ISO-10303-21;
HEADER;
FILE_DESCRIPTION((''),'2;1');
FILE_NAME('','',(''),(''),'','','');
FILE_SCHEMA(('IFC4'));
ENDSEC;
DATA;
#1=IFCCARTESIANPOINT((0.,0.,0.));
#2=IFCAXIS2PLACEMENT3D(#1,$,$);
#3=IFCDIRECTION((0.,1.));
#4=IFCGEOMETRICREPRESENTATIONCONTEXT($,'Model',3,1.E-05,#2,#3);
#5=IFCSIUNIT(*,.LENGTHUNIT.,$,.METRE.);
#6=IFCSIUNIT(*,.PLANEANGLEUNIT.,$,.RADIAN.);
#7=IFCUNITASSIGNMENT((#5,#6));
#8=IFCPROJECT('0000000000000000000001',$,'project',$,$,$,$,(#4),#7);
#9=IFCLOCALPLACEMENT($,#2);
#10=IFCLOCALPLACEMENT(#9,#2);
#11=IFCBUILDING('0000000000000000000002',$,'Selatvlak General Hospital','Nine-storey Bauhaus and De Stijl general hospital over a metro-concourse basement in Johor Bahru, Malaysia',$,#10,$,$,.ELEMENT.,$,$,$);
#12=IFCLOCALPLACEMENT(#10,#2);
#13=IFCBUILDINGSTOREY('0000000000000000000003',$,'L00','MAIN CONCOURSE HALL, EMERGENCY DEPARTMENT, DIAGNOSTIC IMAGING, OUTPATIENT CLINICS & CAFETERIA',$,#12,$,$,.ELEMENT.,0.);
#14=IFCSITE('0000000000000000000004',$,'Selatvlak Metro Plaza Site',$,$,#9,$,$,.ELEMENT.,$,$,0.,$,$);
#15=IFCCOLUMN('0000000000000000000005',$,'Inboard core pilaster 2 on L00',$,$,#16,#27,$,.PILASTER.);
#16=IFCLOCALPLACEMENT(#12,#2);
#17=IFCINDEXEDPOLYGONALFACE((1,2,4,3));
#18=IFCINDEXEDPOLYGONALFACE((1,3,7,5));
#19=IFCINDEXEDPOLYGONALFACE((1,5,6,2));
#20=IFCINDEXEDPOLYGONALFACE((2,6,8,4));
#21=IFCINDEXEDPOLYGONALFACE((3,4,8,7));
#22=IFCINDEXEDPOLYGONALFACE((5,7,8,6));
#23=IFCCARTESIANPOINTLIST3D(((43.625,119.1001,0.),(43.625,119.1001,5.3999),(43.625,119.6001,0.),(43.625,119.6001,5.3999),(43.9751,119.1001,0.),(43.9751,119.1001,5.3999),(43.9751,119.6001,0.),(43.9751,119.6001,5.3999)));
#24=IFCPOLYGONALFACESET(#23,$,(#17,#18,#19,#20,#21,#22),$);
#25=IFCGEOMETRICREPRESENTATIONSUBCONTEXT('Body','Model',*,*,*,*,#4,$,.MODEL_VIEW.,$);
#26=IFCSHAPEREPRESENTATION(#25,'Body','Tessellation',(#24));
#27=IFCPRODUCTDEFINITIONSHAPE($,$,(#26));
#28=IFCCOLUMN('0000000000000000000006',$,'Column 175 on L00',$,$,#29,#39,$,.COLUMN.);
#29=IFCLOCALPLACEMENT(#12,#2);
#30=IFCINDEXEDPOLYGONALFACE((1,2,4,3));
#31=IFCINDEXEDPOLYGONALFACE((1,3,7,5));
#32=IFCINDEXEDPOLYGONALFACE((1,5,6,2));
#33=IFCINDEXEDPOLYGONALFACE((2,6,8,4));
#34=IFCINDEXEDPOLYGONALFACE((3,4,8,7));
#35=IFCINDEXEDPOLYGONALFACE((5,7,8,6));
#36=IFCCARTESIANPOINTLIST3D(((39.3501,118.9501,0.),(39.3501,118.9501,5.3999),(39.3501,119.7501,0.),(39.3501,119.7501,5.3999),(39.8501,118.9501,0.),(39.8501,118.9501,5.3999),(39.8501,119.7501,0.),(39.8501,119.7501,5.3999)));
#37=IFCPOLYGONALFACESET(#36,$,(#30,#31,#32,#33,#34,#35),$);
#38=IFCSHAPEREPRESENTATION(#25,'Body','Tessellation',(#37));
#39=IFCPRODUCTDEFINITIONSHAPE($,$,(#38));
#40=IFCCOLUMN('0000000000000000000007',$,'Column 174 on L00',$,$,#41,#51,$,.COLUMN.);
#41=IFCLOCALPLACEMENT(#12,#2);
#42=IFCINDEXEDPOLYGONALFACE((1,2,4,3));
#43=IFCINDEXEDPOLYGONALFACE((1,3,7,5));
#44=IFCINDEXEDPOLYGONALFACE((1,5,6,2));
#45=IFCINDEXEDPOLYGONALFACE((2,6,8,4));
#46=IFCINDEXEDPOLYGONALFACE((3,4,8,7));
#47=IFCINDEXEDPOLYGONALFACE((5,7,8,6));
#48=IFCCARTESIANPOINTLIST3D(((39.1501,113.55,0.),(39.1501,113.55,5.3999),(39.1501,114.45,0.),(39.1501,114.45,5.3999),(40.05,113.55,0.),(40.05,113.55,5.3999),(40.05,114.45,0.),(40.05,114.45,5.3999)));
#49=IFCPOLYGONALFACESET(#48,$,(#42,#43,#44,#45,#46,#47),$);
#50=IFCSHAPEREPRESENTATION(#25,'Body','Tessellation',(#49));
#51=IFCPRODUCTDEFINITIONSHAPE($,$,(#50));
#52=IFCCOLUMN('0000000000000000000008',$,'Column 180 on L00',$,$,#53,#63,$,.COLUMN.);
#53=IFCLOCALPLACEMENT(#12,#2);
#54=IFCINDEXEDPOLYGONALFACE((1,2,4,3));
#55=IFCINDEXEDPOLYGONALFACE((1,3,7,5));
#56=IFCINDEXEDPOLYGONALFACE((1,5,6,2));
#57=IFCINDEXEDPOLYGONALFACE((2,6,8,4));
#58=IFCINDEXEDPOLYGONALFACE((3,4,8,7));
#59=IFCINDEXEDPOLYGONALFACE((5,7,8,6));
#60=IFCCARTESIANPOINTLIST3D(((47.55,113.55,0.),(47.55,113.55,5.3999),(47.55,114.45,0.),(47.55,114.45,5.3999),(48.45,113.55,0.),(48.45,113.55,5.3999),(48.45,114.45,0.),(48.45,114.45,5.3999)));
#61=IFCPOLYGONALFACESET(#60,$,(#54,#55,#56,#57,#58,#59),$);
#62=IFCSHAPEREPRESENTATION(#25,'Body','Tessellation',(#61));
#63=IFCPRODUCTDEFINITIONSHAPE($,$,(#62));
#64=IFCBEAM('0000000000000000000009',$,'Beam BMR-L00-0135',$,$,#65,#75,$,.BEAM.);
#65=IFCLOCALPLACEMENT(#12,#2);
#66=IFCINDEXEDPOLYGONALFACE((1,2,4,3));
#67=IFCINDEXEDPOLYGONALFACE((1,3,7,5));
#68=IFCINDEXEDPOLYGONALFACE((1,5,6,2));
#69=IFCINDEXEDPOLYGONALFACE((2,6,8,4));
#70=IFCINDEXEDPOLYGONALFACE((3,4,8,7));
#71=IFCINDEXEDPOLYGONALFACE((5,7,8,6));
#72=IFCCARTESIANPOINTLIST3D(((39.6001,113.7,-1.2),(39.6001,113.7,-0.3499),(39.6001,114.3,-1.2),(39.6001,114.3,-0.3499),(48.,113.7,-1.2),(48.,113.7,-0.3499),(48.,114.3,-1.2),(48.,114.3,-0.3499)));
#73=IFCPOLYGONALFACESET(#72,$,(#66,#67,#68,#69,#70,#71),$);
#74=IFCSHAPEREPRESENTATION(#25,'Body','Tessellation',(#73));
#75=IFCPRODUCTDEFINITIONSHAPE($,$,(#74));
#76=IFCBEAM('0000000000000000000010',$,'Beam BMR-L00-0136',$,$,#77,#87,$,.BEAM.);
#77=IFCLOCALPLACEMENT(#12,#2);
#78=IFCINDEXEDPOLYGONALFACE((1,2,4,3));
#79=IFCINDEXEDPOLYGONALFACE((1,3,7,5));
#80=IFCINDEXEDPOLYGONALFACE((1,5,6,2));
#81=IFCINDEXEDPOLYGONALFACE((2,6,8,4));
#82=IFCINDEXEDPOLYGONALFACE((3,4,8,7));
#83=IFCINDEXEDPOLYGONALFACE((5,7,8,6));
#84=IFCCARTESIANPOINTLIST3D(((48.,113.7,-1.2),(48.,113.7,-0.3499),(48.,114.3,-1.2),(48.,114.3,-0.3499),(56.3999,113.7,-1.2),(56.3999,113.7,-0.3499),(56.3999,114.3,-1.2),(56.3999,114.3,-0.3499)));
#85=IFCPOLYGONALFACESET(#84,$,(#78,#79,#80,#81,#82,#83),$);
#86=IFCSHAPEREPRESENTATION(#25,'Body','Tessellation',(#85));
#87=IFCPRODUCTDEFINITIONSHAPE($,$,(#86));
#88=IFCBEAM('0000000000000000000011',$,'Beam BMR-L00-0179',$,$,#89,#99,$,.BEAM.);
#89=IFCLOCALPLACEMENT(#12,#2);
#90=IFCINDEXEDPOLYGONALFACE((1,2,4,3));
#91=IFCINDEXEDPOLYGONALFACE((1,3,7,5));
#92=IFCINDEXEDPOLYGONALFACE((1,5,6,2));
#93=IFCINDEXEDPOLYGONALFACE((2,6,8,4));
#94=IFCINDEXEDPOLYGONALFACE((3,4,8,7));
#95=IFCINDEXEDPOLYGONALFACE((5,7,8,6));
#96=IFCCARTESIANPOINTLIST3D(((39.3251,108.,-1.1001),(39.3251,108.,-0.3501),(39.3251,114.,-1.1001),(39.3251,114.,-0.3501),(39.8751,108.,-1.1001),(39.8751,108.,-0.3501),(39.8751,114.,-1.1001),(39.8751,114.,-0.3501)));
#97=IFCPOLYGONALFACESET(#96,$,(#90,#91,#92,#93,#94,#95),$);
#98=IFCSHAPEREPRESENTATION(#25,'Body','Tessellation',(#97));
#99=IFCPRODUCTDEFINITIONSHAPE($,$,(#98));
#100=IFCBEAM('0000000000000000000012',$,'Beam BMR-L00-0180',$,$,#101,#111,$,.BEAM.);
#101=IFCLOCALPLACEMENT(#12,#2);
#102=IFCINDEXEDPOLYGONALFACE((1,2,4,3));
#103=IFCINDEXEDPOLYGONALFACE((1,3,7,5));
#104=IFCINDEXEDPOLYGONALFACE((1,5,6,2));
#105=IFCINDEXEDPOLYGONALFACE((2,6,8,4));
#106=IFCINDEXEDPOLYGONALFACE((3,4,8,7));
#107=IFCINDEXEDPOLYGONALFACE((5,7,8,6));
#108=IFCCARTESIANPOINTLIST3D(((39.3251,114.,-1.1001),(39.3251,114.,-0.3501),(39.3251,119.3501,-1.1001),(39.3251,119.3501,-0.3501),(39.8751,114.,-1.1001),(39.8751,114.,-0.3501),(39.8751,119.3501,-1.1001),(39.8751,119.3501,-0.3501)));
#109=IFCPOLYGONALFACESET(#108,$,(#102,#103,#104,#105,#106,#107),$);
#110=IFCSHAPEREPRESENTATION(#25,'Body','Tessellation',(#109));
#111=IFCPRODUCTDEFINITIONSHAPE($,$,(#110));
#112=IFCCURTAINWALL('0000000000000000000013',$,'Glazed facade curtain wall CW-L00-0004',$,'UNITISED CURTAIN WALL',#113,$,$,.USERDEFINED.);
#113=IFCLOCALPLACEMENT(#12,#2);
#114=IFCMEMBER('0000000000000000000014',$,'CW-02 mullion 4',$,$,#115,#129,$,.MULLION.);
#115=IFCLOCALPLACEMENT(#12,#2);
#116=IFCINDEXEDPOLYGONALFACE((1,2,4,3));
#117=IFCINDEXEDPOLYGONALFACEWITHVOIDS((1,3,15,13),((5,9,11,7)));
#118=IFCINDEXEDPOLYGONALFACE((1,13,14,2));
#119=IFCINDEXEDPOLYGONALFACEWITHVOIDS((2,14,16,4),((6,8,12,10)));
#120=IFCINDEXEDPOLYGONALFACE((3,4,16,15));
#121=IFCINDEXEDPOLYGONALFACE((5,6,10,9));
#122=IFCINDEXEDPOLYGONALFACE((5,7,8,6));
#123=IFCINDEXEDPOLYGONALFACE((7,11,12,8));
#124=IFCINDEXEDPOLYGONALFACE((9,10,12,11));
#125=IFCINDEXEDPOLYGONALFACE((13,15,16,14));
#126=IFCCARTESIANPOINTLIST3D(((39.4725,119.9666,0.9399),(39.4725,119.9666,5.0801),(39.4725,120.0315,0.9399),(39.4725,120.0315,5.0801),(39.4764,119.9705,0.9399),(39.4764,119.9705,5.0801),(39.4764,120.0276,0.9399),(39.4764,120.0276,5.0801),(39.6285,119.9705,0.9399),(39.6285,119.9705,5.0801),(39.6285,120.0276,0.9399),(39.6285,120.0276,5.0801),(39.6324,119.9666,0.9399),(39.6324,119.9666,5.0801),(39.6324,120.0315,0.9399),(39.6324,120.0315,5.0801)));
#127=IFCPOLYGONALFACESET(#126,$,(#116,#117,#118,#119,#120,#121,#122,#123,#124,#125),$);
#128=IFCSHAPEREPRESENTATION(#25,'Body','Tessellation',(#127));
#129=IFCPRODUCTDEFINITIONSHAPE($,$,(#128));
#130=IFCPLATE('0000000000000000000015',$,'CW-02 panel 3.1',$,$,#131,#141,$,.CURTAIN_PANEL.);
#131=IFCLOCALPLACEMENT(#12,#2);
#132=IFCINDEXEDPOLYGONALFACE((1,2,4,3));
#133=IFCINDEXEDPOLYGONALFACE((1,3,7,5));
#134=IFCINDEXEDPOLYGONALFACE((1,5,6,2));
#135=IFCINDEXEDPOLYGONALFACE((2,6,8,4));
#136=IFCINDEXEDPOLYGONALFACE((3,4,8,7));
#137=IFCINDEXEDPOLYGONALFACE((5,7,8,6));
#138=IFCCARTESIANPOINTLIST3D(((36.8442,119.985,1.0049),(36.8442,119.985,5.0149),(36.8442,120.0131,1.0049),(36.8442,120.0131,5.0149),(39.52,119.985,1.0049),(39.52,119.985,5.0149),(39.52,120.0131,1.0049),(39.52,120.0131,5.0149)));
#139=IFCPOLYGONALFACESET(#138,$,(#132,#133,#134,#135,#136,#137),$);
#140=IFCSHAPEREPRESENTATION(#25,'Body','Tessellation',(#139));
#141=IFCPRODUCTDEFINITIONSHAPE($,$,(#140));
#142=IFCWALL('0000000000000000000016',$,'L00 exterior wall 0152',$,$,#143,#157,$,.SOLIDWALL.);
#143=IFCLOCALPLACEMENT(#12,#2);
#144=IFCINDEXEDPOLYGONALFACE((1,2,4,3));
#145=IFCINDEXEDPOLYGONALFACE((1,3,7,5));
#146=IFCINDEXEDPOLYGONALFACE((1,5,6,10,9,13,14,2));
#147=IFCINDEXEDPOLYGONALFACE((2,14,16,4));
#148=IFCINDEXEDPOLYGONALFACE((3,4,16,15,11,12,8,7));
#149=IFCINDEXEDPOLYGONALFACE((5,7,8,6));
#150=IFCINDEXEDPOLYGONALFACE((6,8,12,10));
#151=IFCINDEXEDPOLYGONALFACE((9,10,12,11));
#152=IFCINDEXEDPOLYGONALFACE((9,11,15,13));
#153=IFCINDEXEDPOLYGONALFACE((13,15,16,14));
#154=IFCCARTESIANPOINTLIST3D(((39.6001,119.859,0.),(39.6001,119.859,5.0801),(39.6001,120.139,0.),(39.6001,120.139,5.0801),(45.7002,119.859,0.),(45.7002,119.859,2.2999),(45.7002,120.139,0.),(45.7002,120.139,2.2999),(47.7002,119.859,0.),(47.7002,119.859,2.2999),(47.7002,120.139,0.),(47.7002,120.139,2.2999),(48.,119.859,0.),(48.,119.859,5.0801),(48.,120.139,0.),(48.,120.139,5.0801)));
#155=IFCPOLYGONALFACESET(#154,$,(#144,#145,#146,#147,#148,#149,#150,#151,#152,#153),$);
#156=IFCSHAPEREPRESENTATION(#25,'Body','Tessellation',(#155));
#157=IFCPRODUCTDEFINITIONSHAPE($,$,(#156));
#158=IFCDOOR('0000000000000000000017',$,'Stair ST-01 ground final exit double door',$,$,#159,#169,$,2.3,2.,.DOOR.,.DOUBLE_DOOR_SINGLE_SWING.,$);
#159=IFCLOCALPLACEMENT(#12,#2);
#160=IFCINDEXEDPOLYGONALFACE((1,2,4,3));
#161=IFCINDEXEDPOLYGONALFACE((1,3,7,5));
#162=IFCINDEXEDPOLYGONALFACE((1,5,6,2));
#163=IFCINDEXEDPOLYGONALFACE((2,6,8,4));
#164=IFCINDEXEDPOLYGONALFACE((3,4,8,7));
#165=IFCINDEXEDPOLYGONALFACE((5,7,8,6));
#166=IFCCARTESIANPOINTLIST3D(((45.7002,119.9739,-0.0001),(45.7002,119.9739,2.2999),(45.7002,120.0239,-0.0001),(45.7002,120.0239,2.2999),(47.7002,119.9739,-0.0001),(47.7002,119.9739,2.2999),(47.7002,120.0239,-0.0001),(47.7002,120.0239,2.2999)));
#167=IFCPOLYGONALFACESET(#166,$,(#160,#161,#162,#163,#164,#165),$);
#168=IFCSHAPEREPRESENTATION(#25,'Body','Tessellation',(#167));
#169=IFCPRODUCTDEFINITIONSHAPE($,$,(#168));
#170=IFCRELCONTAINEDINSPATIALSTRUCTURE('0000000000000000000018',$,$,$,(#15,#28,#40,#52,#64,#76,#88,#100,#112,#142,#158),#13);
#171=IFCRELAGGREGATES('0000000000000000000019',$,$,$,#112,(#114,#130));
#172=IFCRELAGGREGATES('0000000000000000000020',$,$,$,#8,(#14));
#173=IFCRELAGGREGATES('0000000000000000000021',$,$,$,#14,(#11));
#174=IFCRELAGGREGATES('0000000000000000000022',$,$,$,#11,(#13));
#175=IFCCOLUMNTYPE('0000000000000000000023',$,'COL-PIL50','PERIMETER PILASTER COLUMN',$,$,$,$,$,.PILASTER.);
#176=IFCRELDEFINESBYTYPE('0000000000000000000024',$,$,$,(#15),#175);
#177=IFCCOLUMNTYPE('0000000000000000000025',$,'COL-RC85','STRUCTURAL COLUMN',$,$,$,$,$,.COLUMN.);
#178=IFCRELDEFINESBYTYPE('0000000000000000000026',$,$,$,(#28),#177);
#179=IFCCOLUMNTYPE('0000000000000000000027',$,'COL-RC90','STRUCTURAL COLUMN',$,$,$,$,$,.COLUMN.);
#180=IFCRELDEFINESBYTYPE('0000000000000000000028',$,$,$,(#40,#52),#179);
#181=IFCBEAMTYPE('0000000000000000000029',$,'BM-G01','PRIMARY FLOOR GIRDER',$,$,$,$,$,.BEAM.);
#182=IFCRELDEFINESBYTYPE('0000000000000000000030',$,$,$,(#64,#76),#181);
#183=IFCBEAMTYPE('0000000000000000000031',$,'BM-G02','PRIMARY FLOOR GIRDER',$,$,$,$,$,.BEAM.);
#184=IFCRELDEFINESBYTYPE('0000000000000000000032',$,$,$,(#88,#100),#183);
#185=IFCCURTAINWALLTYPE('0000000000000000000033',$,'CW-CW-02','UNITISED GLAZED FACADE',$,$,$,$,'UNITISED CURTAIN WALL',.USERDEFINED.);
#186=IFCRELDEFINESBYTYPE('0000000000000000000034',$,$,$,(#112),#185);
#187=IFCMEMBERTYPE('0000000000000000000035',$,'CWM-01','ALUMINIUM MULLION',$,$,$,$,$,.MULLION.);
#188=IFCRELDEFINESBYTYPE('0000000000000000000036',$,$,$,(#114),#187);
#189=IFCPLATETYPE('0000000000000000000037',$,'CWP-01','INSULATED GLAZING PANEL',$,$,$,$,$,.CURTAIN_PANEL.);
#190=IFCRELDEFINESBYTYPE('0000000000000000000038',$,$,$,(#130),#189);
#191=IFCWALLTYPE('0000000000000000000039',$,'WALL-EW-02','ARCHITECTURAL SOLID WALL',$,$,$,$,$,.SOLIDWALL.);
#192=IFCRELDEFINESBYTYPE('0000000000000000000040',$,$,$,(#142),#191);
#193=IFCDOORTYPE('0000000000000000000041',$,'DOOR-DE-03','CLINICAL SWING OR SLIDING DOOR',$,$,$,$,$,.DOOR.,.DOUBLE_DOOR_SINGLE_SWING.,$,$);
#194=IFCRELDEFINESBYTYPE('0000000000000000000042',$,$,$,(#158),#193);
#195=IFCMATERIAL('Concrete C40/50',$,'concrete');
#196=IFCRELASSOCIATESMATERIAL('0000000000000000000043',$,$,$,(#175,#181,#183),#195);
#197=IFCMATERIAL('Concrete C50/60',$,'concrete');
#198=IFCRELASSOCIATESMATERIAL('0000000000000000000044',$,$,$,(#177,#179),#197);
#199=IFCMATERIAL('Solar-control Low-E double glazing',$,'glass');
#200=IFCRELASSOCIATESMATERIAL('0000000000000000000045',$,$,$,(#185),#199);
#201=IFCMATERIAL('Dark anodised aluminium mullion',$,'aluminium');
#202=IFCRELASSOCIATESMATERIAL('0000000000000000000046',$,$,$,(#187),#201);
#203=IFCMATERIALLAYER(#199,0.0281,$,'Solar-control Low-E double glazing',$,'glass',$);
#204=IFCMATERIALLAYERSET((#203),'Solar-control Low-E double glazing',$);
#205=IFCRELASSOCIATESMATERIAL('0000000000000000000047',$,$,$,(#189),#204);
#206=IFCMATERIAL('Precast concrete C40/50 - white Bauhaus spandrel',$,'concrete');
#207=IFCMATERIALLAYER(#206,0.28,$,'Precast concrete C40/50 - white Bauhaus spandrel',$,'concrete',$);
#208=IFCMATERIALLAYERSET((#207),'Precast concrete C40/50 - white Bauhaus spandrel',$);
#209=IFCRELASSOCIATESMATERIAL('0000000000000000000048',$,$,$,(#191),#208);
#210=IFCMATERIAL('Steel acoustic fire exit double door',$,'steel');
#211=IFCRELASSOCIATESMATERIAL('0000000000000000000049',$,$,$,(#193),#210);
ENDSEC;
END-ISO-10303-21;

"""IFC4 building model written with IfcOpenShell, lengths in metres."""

from ifc_helpers import new_model, si_unit, direction, frame, frame_2d, origin, origin_2d, place, context, subcontext, project, spatial, rectangle, hollow_rectangle, extrude, material, layer, layer_set, material_profile, profile_set, type_object, element, fill, aggregate, save


model = new_model("IFC4")

# Units and contexts
model_context = context("Model", 3, precision=1e-05, world=origin(), true_north=direction((0.0, 1.0)))
body_context = subcontext(model_context, "Body", "Model", "MODEL_VIEW")
ifc_project = project(units=[si_unit("LENGTHUNIT", "METRE"), si_unit("PLANEANGLEUNIT", "RADIAN")], contexts=[model_context])

# Site, building, storey
site_placement = place(None, origin())
site = spatial("IfcSite", under=ifc_project, at=site_placement, Name="Selatvlak Metro Plaza Site", CompositionType="ELEMENT", RefElevation=0.0)
building_placement = place(site_placement, origin())
building = spatial("IfcBuilding", under=site, at=building_placement, Name="Selatvlak General Hospital", Description="Nine-storey Bauhaus and De Stijl general hospital over a metro-concourse basement in Johor Bahru, Malaysia", CompositionType="ELEMENT")
storey_placement = place(building_placement, origin())
storey = spatial("IfcBuildingStorey", under=building, at=storey_placement, Name="L00", Description="MAIN CONCOURSE HALL, EMERGENCY DEPARTMENT, DIAGNOSTIC IMAGING, OUTPATIENT CLINICS & CAFETERIA", CompositionType="ELEMENT", Elevation=0.0)

# Columns
ifc_material_1 = material(Name="Concrete C40/50", Category="concrete")
ifc_material_profile_1 = material_profile(ifc_material_1, rectangle(XDim=0.3501, YDim=0.5, at=origin_2d()), Name="RC-PIL 500x350")
ifc_profile_set_1 = profile_set([ifc_material_profile_1], Name="Concrete C40/50")
column_type_1 = type_object("IfcColumnType", Name="COL-PIL50", Description="PERIMETER PILASTER COLUMN", PredefinedType="PILASTER", material=ifc_profile_set_1)
column_1_placement = place(storey_placement, frame((43.8, 119.3501, 0.0), z_axis=(0.0, 0.0, 1.0), x_axis=(1.0, 0.0, 0.0)))
element("IfcColumn", 1, at=column_1_placement, inside=storey, type_object=column_type_1, Name="Inboard core pilaster 2 on L00", PredefinedType="PILASTER", context=body_context, shape_type="SweptSolid", body=[
    extrude(rectangle(XDim=0.3501, YDim=0.5, at=origin_2d()), origin(), (0.0, 0.0, 1.0), 5.3999),
])
ifc_material_2 = material(Name="Concrete C50/60", Category="concrete")
ifc_material_profile_2 = material_profile(ifc_material_2, rectangle(XDim=0.5, YDim=0.8, at=origin_2d()), Name="RC-COL 800x500")
ifc_profile_set_2 = profile_set([ifc_material_profile_2], Name="Concrete C50/60")
column_type_2 = type_object("IfcColumnType", Name="COL-RC85", Description="STRUCTURAL COLUMN", PredefinedType="COLUMN", material=ifc_profile_set_2)
column_2_placement = place(storey_placement, frame((39.6001, 119.3501, 0.0), z_axis=(0.0, 0.0, 1.0), x_axis=(1.0, 0.0, 0.0)))
element("IfcColumn", 2, at=column_2_placement, inside=storey, type_object=column_type_2, Name="Column 175 on L00", PredefinedType="COLUMN", context=body_context, shape_type="SweptSolid", body=[
    extrude(rectangle(XDim=0.5, YDim=0.8, at=origin_2d()), origin(), (0.0, 0.0, 1.0), 5.3999),
])
ifc_material_profile_3 = material_profile(ifc_material_2, rectangle(XDim=0.8999, YDim=0.8999, at=origin_2d()), Name="RC-COL 900x900")
ifc_profile_set_3 = profile_set([ifc_material_profile_3], Name="Concrete C50/60")
column_type_3 = type_object("IfcColumnType", Name="COL-RC90", Description="STRUCTURAL COLUMN", PredefinedType="COLUMN", material=ifc_profile_set_3)
for number, where, z_axis, x_axis, name in (
    (3, (39.6001, 114.0, 0.0), (0.0, 0.0, 1.0), (1.0, 0.0, 0.0), "Column 174 on L00"),
    (4, (48.0, 114.0, 0.0), (0.0, 0.0, 1.0), (1.0, 0.0, 0.0), "Column 180 on L00"),
):
    element("IfcColumn", number, at=place(storey_placement, frame(where, z_axis=z_axis, x_axis=x_axis)), inside=storey, type_object=column_type_3, Name=name, PredefinedType="COLUMN", context=body_context, shape_type="SweptSolid", body=[
        extrude(rectangle(XDim=0.8999, YDim=0.8999, at=origin_2d()), origin(), (0.0, 0.0, 1.0), 5.3999),
    ])

# Beams
ifc_material_profile_4 = material_profile(ifc_material_1, rectangle(XDim=0.6001, YDim=0.8501, at=origin_2d()), Name="RC-BM 600x850")
ifc_profile_set_4 = profile_set([ifc_material_profile_4], Name="Concrete C40/50")
beam_type_1 = type_object("IfcBeamType", Name="BM-G01", Description="PRIMARY FLOOR GIRDER", PredefinedType="BEAM", material=ifc_profile_set_4)
for number, where, z_axis, x_axis, name in (
    (5, (39.6001, 114.0, -0.7749), (1.0, 0.0, 0.0), (0.0, 1.0, 0.0), "Beam BMR-L00-0135"),
    (6, (48.0, 114.0, -0.7749), (1.0, 0.0, 0.0), (0.0, 1.0, 0.0), "Beam BMR-L00-0136"),
):
    element("IfcBeam", number, at=place(storey_placement, frame(where, z_axis=z_axis, x_axis=x_axis)), inside=storey, type_object=beam_type_1, Name=name, PredefinedType="BEAM", context=body_context, shape_type="SweptSolid", body=[
        extrude(rectangle(XDim=0.6001, YDim=0.8501, at=origin_2d()), origin(), (0.0, 0.0, 1.0), 8.3999),
    ])
ifc_material_profile_5 = material_profile(ifc_material_1, rectangle(XDim=0.55, YDim=0.75, at=origin_2d()), Name="RC-BM 550x750")
ifc_profile_set_5 = profile_set([ifc_material_profile_5], Name="Concrete C40/50")
beam_type_2 = type_object("IfcBeamType", Name="BM-G02", Description="PRIMARY FLOOR GIRDER", PredefinedType="BEAM", material=ifc_profile_set_5)
beam_1_placement = place(storey_placement, frame((39.6001, 108.0, -0.7251), z_axis=(0.0, 1.0, 0.0), x_axis=(-1.0, 0.0, 0.0)))
element("IfcBeam", 7, at=beam_1_placement, inside=storey, type_object=beam_type_2, Name="Beam BMR-L00-0179", PredefinedType="BEAM", context=body_context, shape_type="SweptSolid", body=[
    extrude(rectangle(XDim=0.55, YDim=0.75, at=origin_2d()), origin(), (0.0, 0.0, 1.0), 6.0),
])
beam_2_placement = place(storey_placement, frame((39.6001, 114.0, -0.7251), z_axis=(0.0, 1.0, 0.0), x_axis=(-1.0, 0.0, 0.0)))
element("IfcBeam", 8, at=beam_2_placement, inside=storey, type_object=beam_type_2, Name="Beam BMR-L00-0180", PredefinedType="BEAM", context=body_context, shape_type="SweptSolid", body=[
    extrude(rectangle(XDim=0.55, YDim=0.75, at=origin_2d()), origin(), (0.0, 0.0, 1.0), 5.3501),
])

# Curtain wall, member, plate
ifc_material_3 = material(Name="Solar-control Low-E double glazing", Category="glass")
curtain_wall_type = type_object("IfcCurtainWallType", Name="CW-CW-02", Description="UNITISED GLAZED FACADE", ElementType="UNITISED CURTAIN WALL", PredefinedType="USERDEFINED", material=ifc_material_3)
curtain_wall_placement = place(storey_placement, origin())
curtain_wall = element("IfcCurtainWall", 9, at=curtain_wall_placement, inside=storey, type_object=curtain_wall_type, Name="Glazed facade curtain wall CW-L00-0004", ObjectType="UNITISED CURTAIN WALL", PredefinedType="USERDEFINED")
ifc_material_4 = material(Name="Dark anodised aluminium mullion", Category="aluminium")
ifc_material_profile_6 = material_profile(ifc_material_4, hollow_rectangle(XDim=0.0649, YDim=0.1599, WallThickness=0.0039, at=origin_2d()), Name="AL-MUL 65x160x4")
ifc_profile_set_6 = profile_set([ifc_material_profile_6], Name="Dark anodised aluminium mullion")
member_type = type_object("IfcMemberType", Name="CWM-01", Description="ALUMINIUM MULLION", PredefinedType="MULLION", material=ifc_profile_set_6)
member_placement = place(storey_placement, frame((39.5525, 119.999, 0.9399), z_axis=(0.0, 0.0, 1.0), x_axis=(0.0, 1.0, 0.0)))
member = element("IfcMember", 10, at=member_placement, type_object=member_type, Name="CW-02 mullion 4", PredefinedType="MULLION", context=body_context, shape_type="SweptSolid", body=[
    extrude(hollow_rectangle(XDim=0.0649, YDim=0.1599, WallThickness=0.0039, at=origin_2d()), origin(), (0.0, 0.0, 1.0), 4.1401),
])
ifc_layer_1 = layer(ifc_material_3, 0.0281, Name="Solar-control Low-E double glazing", Category="glass")
ifc_layer_set_1 = layer_set([ifc_layer_1], Name="Solar-control Low-E double glazing")
plate_type = type_object("IfcPlateType", Name="CWP-01", Description="INSULATED GLAZING PANEL", PredefinedType="CURTAIN_PANEL", material=ifc_layer_set_1)
plate_placement = place(storey_placement, frame((38.1821, 119.999, 1.0049), z_axis=(0.0, 0.0, 1.0), x_axis=(1.0, 0.0, 0.0)))
plate = element("IfcPlate", 11, at=plate_placement, type_object=plate_type, Name="CW-02 panel 3.1", PredefinedType="CURTAIN_PANEL", context=body_context, shape_type="SweptSolid", body=[
    extrude(rectangle(XDim=2.6758, YDim=0.0281, at=origin_2d()), origin(), (0.0, 0.0, 1.0), 4.01),
])
aggregate(curtain_wall, [member, plate])

# Wall, opening, door
ifc_material_5 = material(Name="Precast concrete C40/50 - white Bauhaus spandrel", Category="concrete")
ifc_layer_2 = layer(ifc_material_5, 0.28, Name="Precast concrete C40/50 - white Bauhaus spandrel", Category="concrete")
ifc_layer_set_2 = layer_set([ifc_layer_2], Name="Precast concrete C40/50 - white Bauhaus spandrel")
wall_type_1 = type_object("IfcWallType", Name="WALL-EW-02", Description="ARCHITECTURAL SOLID WALL", PredefinedType="SOLIDWALL", material=ifc_layer_set_2)
wall_1_placement = place(storey_placement, frame((39.6001, 119.999, 0.0), z_axis=(0.0, 0.0, 1.0), x_axis=(1.0, 0.0, 0.0)))
wall_1 = element("IfcWall", 12, at=wall_1_placement, inside=storey, type_object=wall_type_1, Name="L00 exterior wall 0152", PredefinedType="SOLIDWALL", context=body_context, shape_type="SweptSolid", body=[
    extrude(rectangle(XDim=8.3999, YDim=0.28, at=frame_2d((4.2, 0.0))), origin(), (0.0, 0.0, 1.0), 5.0801),
])
opening_1_placement = place(wall_1_placement, frame((6.1001, 0.0, 0.0)))
opening_1 = element("IfcOpeningElement", 13, at=opening_1_placement, cuts=wall_1, PredefinedType="OPENING", context=body_context, shape_type="SweptSolid", body=[
    extrude(rectangle(XDim=2.0, YDim=2.3, at=frame_2d((1.0, 1.1499))), frame((0.0, 0.1499, 0.0), z_axis=(0.0, -1.0, 0.0), x_axis=(1.0, 0.0, 0.0)), (0.0, 0.0, 1.0), 0.3),
])
ifc_material_6 = material(Name="Steel acoustic fire exit double door", Category="steel")
door_type_1 = type_object("IfcDoorType", Name="DOOR-DE-03", Description="CLINICAL SWING OR SLIDING DOOR", OperationType="DOUBLE_DOOR_SINGLE_SWING", PredefinedType="DOOR", material=ifc_material_6)
door_1_placement = place(opening_1_placement, origin())
door_1 = element("IfcDoor", 14, at=door_1_placement, inside=storey, type_object=door_type_1, Name="Stair ST-01 ground final exit double door", OperationType="DOUBLE_DOOR_SINGLE_SWING", OverallHeight=2.3, OverallWidth=2.0, PredefinedType="DOOR", context=body_context, shape_type="SweptSolid", body=[
    extrude(rectangle(XDim=2.0, YDim=2.3, at=frame_2d((1.0, 1.1499))), frame((0.0, 0.0249, 0.0), z_axis=(0.0, -1.0, 0.0), x_axis=(1.0, 0.0, 0.0)), (0.0, 0.0, 1.0), 0.05),
])
fill(opening_1, door_1)

save(model, "model.ifc")
